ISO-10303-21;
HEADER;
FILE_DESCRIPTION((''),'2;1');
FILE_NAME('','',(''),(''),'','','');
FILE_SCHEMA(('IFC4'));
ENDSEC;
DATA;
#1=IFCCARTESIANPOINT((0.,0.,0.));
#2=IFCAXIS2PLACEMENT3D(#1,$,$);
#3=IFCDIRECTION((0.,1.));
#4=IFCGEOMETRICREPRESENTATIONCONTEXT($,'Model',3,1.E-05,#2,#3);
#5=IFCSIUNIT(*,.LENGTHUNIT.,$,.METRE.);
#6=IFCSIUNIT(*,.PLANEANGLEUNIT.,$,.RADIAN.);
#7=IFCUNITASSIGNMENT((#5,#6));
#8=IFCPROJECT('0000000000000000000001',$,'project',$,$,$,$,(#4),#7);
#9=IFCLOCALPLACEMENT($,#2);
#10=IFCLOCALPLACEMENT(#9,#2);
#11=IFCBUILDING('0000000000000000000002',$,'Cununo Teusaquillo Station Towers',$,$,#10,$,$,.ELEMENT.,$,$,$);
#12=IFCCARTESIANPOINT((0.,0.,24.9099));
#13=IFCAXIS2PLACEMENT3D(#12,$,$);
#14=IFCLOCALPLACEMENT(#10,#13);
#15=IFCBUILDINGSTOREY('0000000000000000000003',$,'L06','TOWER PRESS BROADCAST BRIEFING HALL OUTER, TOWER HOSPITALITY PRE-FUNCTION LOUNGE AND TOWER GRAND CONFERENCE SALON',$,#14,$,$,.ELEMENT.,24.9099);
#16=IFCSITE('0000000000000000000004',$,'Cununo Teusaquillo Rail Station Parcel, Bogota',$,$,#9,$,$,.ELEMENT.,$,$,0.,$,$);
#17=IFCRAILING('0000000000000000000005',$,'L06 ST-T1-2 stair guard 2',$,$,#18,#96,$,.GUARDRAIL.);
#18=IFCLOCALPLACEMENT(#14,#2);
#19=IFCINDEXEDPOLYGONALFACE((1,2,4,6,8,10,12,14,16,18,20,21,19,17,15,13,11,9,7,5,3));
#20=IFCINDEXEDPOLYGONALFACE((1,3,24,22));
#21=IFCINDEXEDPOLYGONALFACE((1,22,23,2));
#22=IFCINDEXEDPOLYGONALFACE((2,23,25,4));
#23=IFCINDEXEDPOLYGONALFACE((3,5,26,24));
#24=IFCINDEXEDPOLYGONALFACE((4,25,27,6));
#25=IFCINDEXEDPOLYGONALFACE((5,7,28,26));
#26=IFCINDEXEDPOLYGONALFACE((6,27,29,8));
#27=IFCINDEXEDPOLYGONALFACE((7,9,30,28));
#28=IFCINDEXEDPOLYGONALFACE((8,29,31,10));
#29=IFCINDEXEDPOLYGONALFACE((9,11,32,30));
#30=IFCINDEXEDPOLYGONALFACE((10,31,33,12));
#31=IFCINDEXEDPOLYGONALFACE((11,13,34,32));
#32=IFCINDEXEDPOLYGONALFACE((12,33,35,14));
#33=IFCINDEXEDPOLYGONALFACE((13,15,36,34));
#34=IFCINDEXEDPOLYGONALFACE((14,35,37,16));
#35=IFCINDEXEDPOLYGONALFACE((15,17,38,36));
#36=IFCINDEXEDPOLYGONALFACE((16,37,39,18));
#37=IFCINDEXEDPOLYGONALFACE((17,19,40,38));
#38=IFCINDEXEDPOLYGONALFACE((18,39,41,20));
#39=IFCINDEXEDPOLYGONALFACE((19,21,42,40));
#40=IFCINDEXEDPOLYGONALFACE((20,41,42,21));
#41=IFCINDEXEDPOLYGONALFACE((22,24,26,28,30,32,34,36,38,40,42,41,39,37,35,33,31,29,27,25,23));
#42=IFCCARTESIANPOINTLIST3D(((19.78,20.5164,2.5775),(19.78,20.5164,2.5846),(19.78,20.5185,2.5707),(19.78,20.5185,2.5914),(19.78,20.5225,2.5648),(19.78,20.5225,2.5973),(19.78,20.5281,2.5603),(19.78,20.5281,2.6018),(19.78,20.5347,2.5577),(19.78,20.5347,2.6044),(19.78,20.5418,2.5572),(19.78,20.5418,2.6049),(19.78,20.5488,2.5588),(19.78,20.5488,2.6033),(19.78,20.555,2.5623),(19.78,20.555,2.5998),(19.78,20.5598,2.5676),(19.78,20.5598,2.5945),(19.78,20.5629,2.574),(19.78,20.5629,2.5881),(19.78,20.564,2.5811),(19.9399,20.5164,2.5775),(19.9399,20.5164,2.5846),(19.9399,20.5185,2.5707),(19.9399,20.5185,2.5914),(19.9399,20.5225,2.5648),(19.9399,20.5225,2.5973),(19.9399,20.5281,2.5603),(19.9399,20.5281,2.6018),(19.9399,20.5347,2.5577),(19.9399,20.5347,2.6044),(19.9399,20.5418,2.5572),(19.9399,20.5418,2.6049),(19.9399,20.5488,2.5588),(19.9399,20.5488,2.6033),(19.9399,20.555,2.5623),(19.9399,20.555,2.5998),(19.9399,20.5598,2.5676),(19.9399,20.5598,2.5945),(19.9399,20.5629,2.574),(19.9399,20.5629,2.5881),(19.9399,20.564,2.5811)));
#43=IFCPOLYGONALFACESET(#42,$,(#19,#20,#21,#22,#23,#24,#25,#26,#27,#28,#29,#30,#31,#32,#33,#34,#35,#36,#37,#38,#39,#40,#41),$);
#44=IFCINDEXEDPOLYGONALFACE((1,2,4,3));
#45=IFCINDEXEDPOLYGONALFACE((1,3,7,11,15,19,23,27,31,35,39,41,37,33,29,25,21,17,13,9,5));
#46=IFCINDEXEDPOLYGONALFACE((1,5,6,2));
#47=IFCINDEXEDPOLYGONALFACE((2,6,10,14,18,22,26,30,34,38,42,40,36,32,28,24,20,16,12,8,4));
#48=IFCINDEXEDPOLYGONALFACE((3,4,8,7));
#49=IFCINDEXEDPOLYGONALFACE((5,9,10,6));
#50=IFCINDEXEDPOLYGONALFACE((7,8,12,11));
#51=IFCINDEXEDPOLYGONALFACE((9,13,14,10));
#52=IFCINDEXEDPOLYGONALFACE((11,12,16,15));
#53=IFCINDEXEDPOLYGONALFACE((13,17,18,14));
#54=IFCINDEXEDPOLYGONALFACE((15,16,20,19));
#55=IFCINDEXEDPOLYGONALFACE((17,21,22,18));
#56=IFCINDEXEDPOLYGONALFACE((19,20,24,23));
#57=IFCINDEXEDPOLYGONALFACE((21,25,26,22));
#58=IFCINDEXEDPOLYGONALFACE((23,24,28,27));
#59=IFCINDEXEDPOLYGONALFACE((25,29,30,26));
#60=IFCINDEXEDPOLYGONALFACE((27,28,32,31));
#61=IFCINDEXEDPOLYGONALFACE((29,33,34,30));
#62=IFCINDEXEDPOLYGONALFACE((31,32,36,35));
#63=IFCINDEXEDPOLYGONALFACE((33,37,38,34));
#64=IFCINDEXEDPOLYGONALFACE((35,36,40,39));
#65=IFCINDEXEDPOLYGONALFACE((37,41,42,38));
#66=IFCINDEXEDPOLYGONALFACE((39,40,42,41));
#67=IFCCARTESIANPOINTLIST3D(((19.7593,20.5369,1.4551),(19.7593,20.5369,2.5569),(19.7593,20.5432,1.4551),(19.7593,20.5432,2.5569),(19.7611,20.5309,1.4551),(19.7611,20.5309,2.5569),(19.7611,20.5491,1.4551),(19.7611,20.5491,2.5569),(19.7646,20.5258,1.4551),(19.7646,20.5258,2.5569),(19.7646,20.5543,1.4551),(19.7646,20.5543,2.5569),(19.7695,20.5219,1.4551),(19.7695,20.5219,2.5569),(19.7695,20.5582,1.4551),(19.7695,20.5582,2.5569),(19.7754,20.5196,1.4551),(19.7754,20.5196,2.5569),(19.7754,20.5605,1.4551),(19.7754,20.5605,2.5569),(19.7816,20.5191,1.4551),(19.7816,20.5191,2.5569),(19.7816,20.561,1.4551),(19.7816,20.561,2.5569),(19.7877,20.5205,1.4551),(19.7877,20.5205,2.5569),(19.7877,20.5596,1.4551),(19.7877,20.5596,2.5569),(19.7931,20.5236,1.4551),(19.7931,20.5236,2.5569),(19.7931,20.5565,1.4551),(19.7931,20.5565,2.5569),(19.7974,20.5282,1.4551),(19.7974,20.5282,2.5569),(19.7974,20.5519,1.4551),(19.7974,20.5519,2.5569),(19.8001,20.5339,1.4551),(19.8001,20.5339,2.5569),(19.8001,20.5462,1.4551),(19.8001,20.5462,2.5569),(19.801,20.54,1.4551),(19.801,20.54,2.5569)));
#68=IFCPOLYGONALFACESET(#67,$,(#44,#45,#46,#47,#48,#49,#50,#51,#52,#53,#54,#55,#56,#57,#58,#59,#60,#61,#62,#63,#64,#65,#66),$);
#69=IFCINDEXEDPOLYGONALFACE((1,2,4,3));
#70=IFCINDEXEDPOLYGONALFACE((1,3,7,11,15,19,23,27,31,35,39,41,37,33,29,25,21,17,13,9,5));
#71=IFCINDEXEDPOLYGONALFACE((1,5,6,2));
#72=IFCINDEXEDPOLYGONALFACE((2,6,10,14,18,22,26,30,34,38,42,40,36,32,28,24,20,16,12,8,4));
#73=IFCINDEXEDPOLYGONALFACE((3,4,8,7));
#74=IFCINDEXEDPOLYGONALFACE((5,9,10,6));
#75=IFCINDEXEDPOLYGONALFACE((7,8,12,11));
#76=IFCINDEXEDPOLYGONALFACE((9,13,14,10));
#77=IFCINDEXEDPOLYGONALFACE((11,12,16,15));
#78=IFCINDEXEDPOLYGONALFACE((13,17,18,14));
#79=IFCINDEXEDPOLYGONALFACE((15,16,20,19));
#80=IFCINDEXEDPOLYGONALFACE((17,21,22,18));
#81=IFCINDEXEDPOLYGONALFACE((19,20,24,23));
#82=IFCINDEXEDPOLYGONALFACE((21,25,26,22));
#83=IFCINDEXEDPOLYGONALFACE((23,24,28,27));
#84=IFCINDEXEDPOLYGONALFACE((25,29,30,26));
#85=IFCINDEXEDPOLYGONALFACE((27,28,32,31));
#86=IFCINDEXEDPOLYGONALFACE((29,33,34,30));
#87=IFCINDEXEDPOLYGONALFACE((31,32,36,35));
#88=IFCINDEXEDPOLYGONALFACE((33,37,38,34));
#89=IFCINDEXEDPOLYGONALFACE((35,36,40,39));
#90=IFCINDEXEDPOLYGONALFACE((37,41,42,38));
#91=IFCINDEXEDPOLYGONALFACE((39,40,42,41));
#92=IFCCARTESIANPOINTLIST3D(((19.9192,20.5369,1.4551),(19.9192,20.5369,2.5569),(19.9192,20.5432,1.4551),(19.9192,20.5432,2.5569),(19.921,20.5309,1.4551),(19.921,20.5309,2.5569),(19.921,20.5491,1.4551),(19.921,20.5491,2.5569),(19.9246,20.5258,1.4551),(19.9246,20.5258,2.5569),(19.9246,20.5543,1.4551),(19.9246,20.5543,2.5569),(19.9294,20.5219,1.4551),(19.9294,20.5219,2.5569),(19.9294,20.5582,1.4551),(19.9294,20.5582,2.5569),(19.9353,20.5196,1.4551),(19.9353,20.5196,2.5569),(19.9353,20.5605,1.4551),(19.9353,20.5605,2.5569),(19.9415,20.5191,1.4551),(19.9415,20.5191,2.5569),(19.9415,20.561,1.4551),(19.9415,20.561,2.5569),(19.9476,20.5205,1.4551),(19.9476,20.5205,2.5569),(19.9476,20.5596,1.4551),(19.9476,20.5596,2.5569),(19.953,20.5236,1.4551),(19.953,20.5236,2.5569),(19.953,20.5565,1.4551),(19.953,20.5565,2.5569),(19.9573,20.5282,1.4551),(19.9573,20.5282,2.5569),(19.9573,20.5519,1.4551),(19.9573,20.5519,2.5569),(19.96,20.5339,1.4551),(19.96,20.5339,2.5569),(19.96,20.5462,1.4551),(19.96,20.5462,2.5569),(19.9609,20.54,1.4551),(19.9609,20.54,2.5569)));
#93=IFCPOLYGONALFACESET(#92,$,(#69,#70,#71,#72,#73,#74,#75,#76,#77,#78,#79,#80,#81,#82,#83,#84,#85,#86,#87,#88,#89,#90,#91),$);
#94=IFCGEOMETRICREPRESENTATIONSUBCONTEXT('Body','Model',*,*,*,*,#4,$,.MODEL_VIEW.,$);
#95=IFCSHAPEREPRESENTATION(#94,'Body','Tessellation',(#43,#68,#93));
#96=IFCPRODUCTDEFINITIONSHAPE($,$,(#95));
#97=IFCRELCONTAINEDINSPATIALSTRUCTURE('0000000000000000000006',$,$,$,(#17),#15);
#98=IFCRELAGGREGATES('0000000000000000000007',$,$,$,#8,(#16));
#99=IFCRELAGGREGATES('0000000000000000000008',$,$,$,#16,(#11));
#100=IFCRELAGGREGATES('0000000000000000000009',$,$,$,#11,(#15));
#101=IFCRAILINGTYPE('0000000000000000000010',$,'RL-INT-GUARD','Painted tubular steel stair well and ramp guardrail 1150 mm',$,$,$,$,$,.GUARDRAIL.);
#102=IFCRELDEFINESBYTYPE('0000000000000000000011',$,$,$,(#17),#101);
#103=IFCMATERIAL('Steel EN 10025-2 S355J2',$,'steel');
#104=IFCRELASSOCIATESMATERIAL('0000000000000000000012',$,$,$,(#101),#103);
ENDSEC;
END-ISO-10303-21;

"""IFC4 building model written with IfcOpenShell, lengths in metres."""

from ifc_helpers import new_model, si_unit, direction, frame, origin, origin_2d, place, context, subcontext, project, spatial, circle, extrude, material, type_object, element, save


model = new_model("IFC4")

# Units and contexts
model_context = context("Model", 3, precision=1e-05, world=origin(), true_north=direction((0.0, 1.0)))
body_context = subcontext(model_context, "Body", "Model", "MODEL_VIEW")
ifc_project = project(units=[si_unit("LENGTHUNIT", "METRE"), si_unit("PLANEANGLEUNIT", "RADIAN")], contexts=[model_context])

# Site, building, storey
site_placement = place(None, origin())
site = spatial("IfcSite", under=ifc_project, at=site_placement, Name="Cununo Teusaquillo Rail Station Parcel, Bogota", CompositionType="ELEMENT", RefElevation=0.0)
building_placement = place(site_placement, origin())
building = spatial("IfcBuilding", under=site, at=building_placement, Name="Cununo Teusaquillo Station Towers", CompositionType="ELEMENT")
storey_placement = place(building_placement, frame((0.0, 0.0, 24.9099)))
storey = spatial("IfcBuildingStorey", under=building, at=storey_placement, Name="L06", Description="TOWER PRESS BROADCAST BRIEFING HALL OUTER, TOWER HOSPITALITY PRE-FUNCTION LOUNGE AND TOWER GRAND CONFERENCE SALON", CompositionType="ELEMENT", Elevation=24.9099)

# Railing
ifc_material_1 = material(Name="Steel EN 10025-2 S355J2", Category="steel")
railing_type_1 = type_object("IfcRailingType", Name="RL-INT-GUARD", Description="Painted tubular steel stair well and ramp guardrail 1150 mm", PredefinedType="GUARDRAIL", material=ifc_material_1)
railing_1_placement = place(storey_placement, frame((19.78, 20.54, 1.4551)))
element("IfcRailing", 1, at=railing_1_placement, inside=storey, type_object=railing_type_1, Name="L06 ST-T1-2 stair guard 2", PredefinedType="GUARDRAIL", context=body_context, shape_type="SweptSolid", body=[
    extrude(circle(Radius=0.0239, at=origin_2d()), frame((0.0, 0.0, 1.126), z_axis=(1.0, 0.0, 0.0), x_axis=(0.0, 1.0, 0.0)), (0.0, 0.0, 1.0), 0.1599),
    extrude(circle(Radius=0.021, at=origin_2d()), origin(), (0.0, 0.0, 1.0), 1.1018),
    extrude(circle(Radius=0.021, at=origin_2d()), frame((0.1599, 0.0, 0.0)), (0.0, 0.0, 1.0), 1.1018),
])

save(model, "model.ifc")
